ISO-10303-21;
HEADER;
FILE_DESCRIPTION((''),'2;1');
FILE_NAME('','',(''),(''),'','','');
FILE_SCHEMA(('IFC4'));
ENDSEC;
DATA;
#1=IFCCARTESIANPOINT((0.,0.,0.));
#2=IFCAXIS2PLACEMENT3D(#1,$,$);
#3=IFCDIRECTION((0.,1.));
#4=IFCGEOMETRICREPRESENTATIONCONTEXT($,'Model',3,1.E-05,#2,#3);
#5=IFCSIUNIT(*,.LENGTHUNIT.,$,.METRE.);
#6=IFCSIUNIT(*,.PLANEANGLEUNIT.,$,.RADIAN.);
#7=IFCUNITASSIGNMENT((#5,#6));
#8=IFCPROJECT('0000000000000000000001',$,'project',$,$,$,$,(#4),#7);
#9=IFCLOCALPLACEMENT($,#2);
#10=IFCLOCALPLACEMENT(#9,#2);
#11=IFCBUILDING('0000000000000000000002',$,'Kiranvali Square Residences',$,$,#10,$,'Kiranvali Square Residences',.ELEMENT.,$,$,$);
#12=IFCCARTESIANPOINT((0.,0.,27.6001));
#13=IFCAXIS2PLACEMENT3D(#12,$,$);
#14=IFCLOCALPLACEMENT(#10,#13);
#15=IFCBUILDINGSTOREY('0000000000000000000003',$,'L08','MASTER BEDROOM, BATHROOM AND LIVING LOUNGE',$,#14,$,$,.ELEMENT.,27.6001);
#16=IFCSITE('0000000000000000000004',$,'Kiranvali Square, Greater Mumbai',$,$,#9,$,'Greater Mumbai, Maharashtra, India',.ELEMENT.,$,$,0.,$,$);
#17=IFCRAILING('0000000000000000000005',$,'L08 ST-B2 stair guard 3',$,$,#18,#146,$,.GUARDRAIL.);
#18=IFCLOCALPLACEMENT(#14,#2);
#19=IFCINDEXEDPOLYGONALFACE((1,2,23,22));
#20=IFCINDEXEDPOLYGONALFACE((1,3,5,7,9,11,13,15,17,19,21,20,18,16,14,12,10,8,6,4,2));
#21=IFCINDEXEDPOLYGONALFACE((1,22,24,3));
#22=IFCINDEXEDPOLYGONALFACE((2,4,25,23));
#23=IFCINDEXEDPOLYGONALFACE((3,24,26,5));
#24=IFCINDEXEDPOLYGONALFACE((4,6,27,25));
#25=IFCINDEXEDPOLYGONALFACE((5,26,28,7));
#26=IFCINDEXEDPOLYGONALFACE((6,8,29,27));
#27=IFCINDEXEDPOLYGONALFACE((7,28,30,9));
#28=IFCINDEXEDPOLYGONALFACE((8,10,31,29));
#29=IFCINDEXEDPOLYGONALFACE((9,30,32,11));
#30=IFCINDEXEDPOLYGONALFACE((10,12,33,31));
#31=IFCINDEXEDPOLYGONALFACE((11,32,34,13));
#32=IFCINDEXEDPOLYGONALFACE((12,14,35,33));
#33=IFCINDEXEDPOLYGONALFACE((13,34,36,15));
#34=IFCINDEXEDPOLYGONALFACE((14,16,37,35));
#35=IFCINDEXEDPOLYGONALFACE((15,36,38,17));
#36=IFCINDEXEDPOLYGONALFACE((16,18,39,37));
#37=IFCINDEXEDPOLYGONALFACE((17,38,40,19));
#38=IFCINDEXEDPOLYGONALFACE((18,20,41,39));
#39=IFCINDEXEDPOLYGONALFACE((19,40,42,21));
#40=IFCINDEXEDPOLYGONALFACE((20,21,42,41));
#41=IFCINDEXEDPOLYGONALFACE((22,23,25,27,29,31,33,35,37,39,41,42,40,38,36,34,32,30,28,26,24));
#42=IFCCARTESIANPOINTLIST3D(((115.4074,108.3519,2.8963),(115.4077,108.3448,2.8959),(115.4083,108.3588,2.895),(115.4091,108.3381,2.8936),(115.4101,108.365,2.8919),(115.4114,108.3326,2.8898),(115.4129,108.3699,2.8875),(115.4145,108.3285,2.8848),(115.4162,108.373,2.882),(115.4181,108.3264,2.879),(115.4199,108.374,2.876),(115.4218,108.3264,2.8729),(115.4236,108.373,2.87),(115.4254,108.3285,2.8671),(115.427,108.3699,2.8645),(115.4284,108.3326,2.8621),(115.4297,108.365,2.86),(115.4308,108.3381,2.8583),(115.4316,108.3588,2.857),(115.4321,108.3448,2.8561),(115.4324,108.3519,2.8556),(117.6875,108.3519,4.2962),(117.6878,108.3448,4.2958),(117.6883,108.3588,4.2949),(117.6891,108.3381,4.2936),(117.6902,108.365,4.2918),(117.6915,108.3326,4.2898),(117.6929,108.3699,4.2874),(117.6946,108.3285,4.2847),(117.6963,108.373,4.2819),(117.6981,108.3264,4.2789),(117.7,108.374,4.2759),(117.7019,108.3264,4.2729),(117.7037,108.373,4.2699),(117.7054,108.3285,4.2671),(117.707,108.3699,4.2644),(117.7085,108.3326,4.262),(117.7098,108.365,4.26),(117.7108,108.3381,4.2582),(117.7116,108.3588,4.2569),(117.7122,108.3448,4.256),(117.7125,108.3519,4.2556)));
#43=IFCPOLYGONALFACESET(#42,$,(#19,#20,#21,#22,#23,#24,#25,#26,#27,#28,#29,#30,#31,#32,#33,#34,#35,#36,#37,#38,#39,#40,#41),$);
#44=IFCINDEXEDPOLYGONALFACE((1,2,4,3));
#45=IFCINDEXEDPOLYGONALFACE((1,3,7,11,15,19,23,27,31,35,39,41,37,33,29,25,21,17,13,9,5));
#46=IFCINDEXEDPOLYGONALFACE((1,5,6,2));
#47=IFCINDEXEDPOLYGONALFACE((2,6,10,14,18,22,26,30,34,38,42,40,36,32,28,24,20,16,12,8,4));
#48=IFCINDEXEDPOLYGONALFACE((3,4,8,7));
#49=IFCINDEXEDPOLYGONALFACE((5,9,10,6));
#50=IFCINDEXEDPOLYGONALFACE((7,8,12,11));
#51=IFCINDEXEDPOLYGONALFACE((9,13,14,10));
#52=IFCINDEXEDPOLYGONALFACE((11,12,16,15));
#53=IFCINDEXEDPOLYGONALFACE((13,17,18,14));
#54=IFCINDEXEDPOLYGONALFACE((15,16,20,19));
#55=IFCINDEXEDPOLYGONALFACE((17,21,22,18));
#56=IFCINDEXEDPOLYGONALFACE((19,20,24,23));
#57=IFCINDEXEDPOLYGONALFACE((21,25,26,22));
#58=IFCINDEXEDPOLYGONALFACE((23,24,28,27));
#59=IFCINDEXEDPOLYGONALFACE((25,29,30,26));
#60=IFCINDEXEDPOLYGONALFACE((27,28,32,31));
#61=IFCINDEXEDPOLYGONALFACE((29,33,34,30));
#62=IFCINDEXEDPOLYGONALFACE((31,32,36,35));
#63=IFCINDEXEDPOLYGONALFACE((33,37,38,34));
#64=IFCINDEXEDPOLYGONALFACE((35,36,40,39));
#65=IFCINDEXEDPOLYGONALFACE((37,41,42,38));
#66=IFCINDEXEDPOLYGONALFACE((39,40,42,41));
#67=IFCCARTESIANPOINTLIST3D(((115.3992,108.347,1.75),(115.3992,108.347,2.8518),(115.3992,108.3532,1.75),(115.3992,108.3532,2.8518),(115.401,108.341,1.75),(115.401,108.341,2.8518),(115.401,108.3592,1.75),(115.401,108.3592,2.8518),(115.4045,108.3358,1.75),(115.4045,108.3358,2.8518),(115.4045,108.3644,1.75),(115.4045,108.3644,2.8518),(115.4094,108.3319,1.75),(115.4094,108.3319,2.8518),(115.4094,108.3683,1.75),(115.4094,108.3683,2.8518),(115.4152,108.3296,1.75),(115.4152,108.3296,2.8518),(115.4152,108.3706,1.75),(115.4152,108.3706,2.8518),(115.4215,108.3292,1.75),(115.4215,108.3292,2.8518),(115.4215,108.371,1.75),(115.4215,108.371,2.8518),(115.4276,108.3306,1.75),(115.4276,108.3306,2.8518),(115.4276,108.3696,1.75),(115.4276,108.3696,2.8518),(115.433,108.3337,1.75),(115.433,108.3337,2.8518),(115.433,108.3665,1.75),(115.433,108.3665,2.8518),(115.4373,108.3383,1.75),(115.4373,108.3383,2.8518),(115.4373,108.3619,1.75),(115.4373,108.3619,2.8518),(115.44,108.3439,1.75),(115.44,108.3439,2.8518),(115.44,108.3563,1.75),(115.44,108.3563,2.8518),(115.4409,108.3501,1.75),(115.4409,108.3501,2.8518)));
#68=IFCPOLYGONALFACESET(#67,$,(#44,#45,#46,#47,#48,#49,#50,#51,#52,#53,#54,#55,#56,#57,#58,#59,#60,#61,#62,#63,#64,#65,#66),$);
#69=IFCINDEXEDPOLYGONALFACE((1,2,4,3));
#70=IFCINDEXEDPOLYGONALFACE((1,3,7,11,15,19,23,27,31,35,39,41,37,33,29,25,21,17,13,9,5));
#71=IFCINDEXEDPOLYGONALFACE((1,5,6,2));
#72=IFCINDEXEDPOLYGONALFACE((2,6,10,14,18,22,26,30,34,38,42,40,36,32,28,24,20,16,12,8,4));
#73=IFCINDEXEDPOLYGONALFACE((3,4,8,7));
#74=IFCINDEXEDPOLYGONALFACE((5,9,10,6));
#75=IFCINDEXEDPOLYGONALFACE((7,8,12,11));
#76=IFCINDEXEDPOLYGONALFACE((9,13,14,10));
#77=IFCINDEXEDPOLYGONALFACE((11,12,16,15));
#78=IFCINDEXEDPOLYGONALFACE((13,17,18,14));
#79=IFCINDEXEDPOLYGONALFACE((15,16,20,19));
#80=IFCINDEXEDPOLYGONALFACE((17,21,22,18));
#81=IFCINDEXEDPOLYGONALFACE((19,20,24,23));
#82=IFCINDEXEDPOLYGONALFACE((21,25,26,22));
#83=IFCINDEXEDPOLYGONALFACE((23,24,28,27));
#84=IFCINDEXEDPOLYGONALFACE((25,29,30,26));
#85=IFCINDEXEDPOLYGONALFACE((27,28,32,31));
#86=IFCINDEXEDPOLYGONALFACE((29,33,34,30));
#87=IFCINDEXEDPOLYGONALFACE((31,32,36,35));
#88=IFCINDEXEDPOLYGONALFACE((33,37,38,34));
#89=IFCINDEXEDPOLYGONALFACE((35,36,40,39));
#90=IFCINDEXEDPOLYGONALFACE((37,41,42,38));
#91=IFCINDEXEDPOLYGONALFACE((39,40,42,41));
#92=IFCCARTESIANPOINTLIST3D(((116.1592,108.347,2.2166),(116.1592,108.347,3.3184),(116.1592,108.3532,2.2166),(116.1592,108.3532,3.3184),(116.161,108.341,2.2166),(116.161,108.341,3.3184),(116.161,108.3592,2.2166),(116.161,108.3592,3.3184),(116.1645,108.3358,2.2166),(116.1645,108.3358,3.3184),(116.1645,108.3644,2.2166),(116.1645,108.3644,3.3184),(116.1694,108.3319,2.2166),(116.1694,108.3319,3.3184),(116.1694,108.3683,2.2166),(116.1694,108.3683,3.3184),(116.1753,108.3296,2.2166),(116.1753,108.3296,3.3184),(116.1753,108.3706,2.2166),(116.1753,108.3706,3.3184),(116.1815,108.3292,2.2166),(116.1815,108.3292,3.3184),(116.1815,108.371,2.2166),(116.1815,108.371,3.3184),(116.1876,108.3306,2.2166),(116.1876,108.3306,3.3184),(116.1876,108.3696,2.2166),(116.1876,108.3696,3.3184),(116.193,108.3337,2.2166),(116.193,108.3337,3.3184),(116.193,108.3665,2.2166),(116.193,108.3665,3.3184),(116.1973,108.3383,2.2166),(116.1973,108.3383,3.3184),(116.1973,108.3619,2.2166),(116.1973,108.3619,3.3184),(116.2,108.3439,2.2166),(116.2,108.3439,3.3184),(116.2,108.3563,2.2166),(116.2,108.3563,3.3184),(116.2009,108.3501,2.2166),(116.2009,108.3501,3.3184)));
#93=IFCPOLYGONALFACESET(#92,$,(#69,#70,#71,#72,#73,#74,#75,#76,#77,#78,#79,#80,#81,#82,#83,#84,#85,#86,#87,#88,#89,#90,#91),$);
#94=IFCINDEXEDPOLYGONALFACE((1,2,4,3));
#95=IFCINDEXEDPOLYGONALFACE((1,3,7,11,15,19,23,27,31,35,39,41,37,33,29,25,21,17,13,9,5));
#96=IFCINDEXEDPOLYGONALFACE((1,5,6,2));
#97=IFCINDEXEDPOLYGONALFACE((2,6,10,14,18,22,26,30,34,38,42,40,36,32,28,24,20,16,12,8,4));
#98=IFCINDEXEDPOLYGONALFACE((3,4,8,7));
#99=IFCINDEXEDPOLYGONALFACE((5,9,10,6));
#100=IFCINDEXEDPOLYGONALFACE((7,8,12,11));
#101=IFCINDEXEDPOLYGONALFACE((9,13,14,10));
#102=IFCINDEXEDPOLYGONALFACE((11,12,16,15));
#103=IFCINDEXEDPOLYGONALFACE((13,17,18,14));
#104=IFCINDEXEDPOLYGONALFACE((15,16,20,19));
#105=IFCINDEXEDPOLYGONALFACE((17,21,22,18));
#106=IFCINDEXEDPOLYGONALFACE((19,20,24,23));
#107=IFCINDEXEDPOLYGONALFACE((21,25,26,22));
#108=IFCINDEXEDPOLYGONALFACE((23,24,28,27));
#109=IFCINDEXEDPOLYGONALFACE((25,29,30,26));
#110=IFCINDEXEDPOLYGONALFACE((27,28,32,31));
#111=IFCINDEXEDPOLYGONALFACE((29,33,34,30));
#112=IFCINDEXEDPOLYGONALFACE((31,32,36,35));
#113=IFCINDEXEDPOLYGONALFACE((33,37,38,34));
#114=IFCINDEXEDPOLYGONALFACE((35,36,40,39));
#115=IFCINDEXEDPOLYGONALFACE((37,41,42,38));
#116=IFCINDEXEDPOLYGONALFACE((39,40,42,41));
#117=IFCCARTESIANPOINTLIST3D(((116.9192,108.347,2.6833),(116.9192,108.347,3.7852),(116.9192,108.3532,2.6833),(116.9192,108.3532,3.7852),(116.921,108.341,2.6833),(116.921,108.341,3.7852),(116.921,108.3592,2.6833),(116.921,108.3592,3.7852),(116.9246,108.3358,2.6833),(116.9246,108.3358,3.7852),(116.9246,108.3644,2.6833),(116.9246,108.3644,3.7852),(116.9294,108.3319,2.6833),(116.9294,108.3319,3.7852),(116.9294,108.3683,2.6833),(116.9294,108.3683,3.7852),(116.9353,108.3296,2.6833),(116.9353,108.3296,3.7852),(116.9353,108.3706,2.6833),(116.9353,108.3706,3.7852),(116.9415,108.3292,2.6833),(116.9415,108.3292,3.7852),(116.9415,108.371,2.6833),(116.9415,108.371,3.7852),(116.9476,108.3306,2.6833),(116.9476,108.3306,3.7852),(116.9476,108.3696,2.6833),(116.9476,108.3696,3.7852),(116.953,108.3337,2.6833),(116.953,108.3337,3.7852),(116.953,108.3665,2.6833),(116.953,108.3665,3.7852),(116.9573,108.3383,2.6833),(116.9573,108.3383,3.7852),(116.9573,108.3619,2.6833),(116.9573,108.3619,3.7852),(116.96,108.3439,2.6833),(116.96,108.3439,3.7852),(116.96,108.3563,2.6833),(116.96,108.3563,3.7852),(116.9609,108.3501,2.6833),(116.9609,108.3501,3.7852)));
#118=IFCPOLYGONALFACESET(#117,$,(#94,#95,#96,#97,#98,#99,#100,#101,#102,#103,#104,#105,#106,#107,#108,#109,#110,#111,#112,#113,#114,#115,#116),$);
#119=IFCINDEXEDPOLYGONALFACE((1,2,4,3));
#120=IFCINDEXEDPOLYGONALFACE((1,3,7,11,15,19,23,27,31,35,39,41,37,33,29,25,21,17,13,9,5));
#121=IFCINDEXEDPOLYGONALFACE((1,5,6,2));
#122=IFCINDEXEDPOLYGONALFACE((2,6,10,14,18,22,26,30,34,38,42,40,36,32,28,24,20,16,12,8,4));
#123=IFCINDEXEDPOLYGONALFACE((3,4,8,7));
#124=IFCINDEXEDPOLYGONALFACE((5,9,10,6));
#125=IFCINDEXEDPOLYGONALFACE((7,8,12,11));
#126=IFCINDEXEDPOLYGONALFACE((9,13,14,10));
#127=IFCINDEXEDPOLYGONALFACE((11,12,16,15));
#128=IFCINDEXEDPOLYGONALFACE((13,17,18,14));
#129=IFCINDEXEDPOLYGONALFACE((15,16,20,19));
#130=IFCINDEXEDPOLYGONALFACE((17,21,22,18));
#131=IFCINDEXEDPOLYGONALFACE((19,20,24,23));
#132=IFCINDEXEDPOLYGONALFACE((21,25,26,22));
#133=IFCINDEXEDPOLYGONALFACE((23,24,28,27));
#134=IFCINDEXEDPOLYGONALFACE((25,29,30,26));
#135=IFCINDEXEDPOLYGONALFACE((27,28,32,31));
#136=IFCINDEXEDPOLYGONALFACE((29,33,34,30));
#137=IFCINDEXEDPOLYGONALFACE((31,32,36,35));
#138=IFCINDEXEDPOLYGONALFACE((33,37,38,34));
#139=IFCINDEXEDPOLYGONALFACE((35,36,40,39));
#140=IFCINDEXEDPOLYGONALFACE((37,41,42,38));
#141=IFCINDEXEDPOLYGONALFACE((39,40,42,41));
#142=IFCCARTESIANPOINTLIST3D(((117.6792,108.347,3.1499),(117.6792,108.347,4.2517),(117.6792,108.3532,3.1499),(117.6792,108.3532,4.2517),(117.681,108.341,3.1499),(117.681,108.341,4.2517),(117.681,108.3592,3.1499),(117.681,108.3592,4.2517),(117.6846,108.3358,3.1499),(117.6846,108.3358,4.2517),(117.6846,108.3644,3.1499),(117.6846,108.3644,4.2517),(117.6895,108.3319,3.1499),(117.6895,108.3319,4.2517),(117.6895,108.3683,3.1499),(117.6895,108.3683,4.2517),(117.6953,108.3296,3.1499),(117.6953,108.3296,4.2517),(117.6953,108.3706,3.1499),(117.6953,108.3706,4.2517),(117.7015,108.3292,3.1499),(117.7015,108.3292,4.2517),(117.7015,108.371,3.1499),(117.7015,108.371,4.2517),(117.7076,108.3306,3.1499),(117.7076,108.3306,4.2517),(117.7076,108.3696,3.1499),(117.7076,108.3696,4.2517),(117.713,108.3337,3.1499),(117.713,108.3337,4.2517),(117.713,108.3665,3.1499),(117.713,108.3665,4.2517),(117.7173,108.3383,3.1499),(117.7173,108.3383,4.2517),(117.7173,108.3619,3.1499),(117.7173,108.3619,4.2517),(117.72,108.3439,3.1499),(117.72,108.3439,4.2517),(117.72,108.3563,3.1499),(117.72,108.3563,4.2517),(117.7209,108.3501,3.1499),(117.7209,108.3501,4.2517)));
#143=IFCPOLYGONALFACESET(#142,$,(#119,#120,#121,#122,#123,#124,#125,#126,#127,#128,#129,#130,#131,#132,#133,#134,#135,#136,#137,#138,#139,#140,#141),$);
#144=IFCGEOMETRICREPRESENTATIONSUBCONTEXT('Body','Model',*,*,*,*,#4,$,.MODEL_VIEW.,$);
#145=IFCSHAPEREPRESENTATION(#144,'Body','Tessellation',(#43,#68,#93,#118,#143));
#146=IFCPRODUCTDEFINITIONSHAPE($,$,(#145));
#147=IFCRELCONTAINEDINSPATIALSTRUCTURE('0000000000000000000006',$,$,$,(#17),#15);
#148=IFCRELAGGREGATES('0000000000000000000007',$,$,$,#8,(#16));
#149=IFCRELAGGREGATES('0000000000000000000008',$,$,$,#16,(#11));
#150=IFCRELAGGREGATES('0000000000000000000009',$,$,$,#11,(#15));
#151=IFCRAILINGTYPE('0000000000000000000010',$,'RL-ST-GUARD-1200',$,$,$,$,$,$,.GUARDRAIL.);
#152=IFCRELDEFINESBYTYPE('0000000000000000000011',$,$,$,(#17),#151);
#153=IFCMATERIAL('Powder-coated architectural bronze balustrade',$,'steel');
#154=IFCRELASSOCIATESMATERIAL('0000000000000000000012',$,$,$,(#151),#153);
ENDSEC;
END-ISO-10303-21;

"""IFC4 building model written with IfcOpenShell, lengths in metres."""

from ifc_helpers import new_model, si_unit, direction, frame, origin, origin_2d, place, context, subcontext, project, spatial, circle, extrude, material, type_object, element, save


model = new_model("IFC4")

# Units and contexts
model_context = context("Model", 3, precision=1e-05, world=origin(), true_north=direction((0.0, 1.0)))
body_context = subcontext(model_context, "Body", "Model", "MODEL_VIEW")
ifc_project = project(units=[si_unit("LENGTHUNIT", "METRE"), si_unit("PLANEANGLEUNIT", "RADIAN")], contexts=[model_context])

# Site, building, storey
site_placement = place(None, origin())
site = spatial("IfcSite", under=ifc_project, at=site_placement, Name="Kiranvali Square, Greater Mumbai", LongName="Greater Mumbai, Maharashtra, India", CompositionType="ELEMENT", RefElevation=0.0)
building_placement = place(site_placement, origin())
building = spatial("IfcBuilding", under=site, at=building_placement, Name="Kiranvali Square Residences", LongName="Kiranvali Square Residences", CompositionType="ELEMENT")
storey_placement = place(building_placement, frame((0.0, 0.0, 27.6001)))
storey = spatial("IfcBuildingStorey", under=building, at=storey_placement, Name="L08", Description="MASTER BEDROOM, BATHROOM AND LIVING LOUNGE", CompositionType="ELEMENT", Elevation=27.6001)

# Railing
ifc_material_1 = material(Name="Powder-coated architectural bronze balustrade", Category="steel")
railing_type_1 = type_object("IfcRailingType", Name="RL-ST-GUARD-1200", PredefinedType="GUARDRAIL", material=ifc_material_1)
railing_1_placement = place(storey_placement, frame((115.4199, 108.3501, 1.75)))
element("IfcRailing", 1, at=railing_1_placement, inside=storey, type_object=railing_type_1, Name="L08 ST-B2 stair guard 3", PredefinedType="GUARDRAIL", context=body_context, shape_type="SweptSolid", body=[
    extrude(circle(Radius=0.0239, at=origin_2d()), frame((0.0, 0.0, 1.126), z_axis=(0.85219, 0.0, 0.523232), x_axis=(0.0, 1.0, 0.0)), (0.0, 0.0, 1.0), 2.6755),
    extrude(circle(Radius=0.021, at=origin_2d()), origin(), (0.0, 0.0, 1.0), 1.1018),
    extrude(circle(Radius=0.021, at=origin_2d()), frame((0.76, 0.0, 0.4666)), (0.0, 0.0, 1.0), 1.1018),
    extrude(circle(Radius=0.021, at=origin_2d()), frame((1.52, 0.0, 0.9333)), (0.0, 0.0, 1.0), 1.1018),
    extrude(circle(Radius=0.021, at=origin_2d()), frame((2.28, 0.0, 1.3999)), (0.0, 0.0, 1.0), 1.1018),
])

save(model, "model.ifc")
